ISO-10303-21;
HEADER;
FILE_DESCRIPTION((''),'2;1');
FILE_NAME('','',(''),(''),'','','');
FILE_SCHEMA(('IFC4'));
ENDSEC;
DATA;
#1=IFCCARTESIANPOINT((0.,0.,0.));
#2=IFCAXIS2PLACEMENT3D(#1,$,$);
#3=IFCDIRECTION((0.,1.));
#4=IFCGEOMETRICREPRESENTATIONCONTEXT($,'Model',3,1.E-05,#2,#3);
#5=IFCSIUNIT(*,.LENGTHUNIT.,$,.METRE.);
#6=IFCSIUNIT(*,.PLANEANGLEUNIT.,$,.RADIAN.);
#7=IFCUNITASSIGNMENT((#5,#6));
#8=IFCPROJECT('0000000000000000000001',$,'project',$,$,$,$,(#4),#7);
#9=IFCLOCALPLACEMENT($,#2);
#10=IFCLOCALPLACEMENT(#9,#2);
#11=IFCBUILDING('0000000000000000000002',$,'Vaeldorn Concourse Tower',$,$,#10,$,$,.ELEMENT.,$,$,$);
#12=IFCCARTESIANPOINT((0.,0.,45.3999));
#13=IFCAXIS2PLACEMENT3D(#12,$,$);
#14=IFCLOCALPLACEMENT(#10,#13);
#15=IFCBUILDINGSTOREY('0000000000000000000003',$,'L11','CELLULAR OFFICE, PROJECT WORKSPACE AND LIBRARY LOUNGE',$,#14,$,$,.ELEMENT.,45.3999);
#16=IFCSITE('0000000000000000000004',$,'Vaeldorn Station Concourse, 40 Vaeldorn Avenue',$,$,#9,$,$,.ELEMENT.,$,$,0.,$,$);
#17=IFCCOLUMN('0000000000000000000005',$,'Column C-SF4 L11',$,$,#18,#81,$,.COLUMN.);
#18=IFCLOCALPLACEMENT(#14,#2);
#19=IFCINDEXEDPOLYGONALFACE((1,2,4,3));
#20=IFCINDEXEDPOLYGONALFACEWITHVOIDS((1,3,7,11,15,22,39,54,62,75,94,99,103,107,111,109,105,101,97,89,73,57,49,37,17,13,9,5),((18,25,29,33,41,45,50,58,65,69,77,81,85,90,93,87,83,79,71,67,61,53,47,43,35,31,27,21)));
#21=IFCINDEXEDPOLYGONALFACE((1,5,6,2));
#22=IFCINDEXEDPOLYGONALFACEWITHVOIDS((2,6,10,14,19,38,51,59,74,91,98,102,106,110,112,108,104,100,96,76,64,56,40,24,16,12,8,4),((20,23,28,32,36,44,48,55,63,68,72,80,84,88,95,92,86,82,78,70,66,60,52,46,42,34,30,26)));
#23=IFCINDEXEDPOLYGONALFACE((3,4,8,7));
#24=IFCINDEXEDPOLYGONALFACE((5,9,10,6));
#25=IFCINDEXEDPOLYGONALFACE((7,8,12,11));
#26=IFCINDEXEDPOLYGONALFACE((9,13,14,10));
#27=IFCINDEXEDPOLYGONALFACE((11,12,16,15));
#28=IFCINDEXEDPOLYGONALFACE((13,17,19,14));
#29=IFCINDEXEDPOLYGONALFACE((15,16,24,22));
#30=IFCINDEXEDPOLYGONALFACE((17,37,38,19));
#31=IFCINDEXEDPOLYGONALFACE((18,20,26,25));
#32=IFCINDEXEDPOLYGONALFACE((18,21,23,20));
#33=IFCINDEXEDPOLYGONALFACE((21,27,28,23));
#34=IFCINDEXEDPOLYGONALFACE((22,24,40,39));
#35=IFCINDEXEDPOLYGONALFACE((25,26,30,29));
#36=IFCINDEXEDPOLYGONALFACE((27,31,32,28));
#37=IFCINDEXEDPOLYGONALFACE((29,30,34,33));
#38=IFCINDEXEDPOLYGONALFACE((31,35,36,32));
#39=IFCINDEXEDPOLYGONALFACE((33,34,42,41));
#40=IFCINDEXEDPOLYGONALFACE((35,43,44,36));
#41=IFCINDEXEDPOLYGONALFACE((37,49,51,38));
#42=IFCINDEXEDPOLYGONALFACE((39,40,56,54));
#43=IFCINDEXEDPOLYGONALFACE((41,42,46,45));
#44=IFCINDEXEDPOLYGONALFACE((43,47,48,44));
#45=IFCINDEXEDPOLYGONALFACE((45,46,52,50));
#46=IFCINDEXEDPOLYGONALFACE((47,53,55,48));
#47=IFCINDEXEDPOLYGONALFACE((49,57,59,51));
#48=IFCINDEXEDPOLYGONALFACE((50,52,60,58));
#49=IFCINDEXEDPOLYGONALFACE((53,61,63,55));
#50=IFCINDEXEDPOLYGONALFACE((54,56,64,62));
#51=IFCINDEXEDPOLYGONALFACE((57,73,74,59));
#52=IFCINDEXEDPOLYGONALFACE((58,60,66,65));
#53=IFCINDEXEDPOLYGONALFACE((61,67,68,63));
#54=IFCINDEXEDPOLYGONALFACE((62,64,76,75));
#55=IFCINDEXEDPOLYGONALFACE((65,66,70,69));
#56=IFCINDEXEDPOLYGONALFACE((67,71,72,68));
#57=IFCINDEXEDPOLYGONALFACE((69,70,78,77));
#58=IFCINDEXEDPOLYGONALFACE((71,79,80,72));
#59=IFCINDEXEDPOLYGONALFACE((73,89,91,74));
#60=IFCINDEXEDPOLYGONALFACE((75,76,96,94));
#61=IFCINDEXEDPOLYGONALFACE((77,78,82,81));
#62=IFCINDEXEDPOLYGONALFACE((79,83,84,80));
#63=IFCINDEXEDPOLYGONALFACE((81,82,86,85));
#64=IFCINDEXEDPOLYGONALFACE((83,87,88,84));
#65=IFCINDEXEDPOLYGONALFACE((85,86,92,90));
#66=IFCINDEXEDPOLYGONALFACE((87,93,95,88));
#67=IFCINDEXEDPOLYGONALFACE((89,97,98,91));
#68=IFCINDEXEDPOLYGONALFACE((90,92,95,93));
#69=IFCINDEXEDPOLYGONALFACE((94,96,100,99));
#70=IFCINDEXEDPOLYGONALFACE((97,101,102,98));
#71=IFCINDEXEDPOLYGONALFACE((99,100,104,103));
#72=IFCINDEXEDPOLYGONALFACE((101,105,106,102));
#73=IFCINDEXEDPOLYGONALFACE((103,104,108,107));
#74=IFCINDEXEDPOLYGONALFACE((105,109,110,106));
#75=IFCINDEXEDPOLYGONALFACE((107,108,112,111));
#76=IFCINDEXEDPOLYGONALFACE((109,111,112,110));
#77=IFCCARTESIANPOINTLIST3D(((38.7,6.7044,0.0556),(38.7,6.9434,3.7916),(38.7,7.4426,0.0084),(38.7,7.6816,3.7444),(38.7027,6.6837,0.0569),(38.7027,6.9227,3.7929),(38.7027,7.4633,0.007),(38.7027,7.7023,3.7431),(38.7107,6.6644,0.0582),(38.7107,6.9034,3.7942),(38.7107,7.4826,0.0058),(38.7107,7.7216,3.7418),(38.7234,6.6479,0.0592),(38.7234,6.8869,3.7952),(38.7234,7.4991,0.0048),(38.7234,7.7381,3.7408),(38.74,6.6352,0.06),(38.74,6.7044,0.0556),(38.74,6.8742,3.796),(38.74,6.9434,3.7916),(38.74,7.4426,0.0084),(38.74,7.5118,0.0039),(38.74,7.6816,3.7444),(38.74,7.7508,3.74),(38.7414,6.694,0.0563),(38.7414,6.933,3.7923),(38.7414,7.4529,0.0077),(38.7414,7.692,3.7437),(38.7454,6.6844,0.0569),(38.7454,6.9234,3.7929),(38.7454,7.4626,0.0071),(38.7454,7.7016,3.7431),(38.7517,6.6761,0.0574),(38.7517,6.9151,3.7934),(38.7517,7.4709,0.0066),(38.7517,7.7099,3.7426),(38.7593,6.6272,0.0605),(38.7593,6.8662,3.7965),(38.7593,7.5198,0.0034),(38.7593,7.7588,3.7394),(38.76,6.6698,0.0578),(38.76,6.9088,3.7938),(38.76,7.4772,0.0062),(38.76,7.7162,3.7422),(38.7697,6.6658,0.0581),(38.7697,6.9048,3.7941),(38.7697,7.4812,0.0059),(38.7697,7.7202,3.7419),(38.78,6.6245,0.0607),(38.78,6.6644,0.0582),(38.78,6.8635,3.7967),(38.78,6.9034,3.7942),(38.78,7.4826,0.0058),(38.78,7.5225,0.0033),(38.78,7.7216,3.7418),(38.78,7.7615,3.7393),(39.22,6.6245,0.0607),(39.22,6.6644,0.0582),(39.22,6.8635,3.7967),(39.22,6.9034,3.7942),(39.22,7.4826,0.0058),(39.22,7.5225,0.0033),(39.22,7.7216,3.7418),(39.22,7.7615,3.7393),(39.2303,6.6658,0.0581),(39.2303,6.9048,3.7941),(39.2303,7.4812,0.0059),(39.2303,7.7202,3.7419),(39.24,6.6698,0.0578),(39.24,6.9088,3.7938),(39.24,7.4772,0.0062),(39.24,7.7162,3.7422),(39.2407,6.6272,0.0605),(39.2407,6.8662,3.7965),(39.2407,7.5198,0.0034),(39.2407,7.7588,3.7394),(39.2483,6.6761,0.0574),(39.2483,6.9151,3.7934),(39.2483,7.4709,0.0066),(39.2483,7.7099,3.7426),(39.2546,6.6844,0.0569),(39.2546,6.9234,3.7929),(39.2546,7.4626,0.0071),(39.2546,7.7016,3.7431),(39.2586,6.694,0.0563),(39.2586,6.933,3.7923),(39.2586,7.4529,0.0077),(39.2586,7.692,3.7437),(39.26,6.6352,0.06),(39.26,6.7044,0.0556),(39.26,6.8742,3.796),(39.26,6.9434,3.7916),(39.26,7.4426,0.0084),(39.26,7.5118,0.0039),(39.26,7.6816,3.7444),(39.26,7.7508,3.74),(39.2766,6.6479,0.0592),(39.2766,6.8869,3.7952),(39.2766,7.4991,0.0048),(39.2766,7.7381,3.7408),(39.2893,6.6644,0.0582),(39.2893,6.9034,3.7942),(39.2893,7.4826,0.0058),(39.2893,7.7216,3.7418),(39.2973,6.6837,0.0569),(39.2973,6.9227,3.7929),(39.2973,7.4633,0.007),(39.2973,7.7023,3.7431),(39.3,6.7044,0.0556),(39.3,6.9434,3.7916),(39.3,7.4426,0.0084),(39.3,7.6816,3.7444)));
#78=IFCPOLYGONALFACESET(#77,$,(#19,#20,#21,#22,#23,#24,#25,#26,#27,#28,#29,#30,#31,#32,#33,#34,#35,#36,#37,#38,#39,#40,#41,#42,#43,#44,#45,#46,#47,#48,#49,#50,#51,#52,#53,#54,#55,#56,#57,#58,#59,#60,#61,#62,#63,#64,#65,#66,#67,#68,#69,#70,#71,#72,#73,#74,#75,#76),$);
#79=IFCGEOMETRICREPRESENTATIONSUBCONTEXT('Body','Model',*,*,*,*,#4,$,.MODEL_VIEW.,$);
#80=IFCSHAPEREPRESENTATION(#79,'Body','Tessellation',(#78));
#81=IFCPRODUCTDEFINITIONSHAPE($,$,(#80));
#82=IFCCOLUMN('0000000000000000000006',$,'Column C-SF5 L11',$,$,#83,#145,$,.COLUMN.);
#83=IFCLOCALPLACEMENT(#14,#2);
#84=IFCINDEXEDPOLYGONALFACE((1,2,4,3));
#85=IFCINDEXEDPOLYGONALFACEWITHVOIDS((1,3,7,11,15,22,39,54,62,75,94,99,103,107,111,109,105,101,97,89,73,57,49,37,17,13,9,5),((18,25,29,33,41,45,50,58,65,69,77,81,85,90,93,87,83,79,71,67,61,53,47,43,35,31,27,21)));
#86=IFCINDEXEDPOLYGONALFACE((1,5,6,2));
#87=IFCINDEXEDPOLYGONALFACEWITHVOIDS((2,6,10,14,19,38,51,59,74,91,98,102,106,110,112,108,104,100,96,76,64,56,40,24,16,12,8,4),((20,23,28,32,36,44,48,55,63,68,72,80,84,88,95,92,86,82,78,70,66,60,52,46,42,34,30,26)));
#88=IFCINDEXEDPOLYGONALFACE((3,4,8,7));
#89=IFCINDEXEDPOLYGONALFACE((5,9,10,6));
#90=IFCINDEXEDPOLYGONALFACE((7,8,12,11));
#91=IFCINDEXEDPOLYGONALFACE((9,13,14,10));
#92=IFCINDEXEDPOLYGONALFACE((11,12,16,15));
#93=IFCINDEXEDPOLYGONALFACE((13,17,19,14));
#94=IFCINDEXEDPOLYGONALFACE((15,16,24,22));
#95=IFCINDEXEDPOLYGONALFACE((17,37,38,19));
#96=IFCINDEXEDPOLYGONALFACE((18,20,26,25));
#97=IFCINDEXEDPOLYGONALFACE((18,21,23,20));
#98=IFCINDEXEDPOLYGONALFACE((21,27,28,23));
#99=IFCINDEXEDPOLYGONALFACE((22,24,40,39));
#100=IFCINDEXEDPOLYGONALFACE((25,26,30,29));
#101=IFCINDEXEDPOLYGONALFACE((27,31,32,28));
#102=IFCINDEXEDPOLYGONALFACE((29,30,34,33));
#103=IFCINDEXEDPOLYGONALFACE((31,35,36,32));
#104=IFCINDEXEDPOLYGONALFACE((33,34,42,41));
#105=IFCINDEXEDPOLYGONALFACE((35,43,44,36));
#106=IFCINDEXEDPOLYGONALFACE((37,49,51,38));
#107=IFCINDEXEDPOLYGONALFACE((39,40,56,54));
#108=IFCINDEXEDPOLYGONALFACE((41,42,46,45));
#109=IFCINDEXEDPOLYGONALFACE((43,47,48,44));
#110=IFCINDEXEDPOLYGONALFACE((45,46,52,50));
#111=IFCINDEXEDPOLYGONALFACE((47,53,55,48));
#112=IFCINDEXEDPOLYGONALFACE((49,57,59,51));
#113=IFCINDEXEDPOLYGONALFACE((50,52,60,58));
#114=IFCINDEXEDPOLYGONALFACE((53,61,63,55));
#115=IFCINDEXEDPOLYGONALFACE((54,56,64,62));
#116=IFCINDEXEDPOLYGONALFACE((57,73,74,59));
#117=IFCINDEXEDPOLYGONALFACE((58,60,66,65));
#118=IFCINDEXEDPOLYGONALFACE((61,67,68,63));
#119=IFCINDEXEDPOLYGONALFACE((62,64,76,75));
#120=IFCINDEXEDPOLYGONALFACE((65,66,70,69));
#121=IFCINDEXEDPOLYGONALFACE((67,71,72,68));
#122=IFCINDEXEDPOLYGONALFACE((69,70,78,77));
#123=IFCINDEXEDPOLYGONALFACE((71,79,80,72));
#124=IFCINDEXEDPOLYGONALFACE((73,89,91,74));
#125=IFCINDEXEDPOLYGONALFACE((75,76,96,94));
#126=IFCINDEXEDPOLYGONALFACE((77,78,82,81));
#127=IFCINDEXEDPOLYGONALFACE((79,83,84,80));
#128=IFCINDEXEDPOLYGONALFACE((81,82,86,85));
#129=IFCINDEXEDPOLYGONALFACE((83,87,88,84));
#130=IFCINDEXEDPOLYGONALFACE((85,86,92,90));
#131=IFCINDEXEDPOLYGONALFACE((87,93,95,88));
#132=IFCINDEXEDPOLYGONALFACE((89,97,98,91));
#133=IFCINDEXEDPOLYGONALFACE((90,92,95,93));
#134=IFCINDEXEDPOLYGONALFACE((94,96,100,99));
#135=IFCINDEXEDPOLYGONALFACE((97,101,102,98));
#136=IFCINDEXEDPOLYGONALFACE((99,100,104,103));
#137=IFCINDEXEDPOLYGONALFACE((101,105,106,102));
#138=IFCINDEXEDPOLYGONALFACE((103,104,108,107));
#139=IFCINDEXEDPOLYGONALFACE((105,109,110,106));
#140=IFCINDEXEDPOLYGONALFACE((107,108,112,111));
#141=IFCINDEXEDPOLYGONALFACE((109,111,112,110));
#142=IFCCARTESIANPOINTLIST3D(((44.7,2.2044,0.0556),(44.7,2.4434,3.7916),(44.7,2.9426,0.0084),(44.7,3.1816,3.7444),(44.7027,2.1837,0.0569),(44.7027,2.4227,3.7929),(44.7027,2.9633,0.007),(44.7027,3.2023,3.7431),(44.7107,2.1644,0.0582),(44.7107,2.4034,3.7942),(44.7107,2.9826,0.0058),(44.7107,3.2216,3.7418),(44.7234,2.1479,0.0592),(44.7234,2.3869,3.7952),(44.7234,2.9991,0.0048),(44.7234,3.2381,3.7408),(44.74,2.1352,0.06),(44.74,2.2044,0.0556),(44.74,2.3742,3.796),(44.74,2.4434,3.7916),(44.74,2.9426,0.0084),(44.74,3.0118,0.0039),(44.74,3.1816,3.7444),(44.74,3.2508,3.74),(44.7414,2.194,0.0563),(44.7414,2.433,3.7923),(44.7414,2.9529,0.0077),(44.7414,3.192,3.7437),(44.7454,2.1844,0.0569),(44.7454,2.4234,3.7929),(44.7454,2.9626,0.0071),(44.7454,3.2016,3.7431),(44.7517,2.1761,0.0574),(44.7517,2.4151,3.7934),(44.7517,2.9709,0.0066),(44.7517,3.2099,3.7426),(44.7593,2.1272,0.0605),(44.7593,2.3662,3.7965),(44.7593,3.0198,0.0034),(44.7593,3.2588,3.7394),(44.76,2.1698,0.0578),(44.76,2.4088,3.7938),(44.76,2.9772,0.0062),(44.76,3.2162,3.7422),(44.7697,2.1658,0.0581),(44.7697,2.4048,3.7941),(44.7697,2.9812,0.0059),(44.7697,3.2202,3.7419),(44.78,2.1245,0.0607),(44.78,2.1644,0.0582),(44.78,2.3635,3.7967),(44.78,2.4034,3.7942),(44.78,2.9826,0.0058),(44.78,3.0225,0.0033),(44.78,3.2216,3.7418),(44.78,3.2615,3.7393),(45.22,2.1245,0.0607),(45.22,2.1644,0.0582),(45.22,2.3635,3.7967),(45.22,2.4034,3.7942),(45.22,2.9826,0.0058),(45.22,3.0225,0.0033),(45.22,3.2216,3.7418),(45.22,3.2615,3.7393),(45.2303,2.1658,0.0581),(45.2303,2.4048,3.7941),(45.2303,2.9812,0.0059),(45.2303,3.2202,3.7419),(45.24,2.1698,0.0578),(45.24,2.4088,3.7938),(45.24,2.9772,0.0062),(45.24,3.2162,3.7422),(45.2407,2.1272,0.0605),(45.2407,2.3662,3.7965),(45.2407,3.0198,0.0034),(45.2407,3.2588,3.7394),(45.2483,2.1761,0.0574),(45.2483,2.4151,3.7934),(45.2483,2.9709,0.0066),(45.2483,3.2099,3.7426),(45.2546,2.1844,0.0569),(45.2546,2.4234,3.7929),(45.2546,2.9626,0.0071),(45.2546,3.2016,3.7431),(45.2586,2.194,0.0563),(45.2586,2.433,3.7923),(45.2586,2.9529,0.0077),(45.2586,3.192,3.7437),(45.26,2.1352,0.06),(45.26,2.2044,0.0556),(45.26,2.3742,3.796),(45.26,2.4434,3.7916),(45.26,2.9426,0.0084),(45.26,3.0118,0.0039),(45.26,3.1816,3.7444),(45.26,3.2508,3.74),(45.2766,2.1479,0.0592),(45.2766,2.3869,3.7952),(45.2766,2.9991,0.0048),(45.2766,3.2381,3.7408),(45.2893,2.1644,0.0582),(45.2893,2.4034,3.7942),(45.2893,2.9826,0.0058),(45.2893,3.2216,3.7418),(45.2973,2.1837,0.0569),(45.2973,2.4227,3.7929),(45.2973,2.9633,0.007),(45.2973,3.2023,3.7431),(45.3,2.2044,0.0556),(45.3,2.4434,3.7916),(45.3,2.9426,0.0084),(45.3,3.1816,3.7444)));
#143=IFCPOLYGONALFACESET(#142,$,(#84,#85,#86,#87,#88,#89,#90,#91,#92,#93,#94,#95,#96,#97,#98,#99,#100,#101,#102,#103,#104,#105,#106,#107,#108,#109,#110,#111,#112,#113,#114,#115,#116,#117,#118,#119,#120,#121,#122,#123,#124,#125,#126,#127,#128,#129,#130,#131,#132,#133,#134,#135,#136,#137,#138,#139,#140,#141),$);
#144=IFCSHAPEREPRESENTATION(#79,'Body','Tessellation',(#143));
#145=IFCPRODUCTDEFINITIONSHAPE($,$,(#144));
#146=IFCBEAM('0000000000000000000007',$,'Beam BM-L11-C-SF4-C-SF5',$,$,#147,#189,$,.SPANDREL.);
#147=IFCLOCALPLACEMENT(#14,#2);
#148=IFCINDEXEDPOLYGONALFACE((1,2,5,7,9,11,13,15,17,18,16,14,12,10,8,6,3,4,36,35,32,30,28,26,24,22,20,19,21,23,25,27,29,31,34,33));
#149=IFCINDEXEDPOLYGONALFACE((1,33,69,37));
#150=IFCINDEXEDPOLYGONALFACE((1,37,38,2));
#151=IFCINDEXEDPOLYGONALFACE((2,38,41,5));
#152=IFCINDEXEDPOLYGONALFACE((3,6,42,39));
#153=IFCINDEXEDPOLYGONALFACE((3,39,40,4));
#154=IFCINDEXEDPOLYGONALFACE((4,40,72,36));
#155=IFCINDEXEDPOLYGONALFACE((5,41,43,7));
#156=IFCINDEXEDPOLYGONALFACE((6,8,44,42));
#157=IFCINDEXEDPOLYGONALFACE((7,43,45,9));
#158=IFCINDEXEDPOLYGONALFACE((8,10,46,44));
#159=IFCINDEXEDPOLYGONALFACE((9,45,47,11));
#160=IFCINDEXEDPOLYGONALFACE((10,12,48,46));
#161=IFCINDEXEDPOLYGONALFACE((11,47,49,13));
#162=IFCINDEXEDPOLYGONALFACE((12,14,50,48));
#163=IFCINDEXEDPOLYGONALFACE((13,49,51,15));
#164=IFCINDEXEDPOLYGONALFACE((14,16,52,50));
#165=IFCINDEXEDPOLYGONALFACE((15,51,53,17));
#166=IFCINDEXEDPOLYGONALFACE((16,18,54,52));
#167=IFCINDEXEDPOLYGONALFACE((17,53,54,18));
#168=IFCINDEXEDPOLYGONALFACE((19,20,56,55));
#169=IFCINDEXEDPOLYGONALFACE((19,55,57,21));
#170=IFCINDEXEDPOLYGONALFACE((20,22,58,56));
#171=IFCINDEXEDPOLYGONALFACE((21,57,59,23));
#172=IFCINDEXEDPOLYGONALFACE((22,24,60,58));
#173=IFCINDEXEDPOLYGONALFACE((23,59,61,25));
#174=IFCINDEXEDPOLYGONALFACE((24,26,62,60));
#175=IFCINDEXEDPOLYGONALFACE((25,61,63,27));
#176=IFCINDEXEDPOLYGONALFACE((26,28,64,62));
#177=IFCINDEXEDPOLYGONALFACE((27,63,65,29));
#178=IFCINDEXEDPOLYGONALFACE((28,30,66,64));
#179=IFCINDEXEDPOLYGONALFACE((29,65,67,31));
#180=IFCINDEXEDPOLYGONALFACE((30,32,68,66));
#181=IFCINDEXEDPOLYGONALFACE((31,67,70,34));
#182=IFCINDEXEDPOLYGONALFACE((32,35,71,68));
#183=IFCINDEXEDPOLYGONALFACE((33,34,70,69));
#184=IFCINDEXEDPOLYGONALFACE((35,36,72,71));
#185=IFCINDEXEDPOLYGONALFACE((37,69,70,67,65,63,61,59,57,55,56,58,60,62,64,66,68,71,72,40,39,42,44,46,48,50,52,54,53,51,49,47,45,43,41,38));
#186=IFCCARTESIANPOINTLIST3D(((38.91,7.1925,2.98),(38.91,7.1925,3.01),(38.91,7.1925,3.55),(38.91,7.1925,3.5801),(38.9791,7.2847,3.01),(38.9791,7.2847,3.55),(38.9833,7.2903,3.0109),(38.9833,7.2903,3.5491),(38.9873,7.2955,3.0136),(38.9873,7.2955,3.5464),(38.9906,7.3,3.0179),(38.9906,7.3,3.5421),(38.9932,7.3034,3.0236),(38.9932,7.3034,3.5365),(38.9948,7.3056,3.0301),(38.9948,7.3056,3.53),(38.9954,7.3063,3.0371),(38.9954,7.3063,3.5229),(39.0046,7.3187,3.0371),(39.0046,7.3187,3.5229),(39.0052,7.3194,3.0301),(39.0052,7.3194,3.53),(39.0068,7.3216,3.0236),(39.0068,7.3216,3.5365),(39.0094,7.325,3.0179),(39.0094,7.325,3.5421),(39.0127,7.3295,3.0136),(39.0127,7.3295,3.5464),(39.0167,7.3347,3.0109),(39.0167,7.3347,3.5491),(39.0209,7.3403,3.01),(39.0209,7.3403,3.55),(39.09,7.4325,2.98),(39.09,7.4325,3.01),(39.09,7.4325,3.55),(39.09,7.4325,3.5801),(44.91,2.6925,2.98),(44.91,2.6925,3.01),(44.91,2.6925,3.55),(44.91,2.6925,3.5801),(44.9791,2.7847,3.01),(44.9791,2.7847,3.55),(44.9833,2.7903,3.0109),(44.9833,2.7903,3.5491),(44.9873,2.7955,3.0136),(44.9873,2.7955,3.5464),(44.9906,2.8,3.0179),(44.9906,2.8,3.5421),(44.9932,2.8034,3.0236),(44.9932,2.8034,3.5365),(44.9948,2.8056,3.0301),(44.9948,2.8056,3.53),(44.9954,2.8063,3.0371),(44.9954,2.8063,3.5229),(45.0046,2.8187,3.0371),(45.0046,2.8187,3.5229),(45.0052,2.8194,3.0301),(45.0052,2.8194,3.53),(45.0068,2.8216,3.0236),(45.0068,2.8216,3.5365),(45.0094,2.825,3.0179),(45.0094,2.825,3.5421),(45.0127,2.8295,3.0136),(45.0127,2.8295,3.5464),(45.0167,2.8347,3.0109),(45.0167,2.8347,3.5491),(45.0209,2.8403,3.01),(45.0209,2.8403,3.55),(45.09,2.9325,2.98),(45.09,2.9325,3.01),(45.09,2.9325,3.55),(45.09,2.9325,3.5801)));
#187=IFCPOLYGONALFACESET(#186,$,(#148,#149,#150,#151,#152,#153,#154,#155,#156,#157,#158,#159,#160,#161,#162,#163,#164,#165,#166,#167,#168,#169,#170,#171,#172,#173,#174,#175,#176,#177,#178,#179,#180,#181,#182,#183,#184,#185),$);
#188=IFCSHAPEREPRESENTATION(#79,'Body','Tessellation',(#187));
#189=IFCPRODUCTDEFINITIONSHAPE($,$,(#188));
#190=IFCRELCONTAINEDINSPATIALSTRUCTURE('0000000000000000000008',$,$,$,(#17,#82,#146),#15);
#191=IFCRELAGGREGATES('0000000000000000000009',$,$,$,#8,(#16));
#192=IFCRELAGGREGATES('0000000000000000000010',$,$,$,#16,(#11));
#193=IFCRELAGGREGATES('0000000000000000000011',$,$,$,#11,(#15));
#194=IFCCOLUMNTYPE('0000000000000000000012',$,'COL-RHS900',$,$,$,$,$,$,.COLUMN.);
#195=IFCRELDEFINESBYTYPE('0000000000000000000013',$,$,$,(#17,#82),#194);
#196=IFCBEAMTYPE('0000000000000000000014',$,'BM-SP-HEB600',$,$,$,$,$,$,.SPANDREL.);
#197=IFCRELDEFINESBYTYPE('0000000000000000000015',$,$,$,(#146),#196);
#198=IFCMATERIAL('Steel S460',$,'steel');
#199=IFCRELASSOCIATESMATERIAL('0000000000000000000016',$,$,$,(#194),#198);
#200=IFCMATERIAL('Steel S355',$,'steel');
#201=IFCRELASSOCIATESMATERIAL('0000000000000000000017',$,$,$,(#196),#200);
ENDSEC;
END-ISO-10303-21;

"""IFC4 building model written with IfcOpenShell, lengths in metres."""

from ifc_helpers import new_model, si_unit, direction, frame, origin, origin_2d, place, context, subcontext, project, spatial, hollow_rectangle, i_section, extrude, source, transform, mapped, material, material_profile, profile_set, type_object, element, save


model = new_model("IFC4")

# Units and contexts
model_context = context("Model", 3, precision=1e-05, world=origin(), true_north=direction((0.0, 1.0)))
body_context = subcontext(model_context, "Body", "Model", "MODEL_VIEW")
ifc_project = project(units=[si_unit("LENGTHUNIT", "METRE"), si_unit("PLANEANGLEUNIT", "RADIAN")], contexts=[model_context])

# Site, building, storey
site_placement = place(None, origin())
site = spatial("IfcSite", under=ifc_project, at=site_placement, Name="Vaeldorn Station Concourse, 40 Vaeldorn Avenue", CompositionType="ELEMENT", RefElevation=0.0)
building_placement = place(site_placement, origin())
building = spatial("IfcBuilding", under=site, at=building_placement, Name="Vaeldorn Concourse Tower", CompositionType="ELEMENT")
storey_placement = place(building_placement, frame((0.0, 0.0, 45.3999)))
storey = spatial("IfcBuildingStorey", under=building, at=storey_placement, Name="L11", Description="CELLULAR OFFICE, PROJECT WORKSPACE AND LIBRARY LOUNGE", CompositionType="ELEMENT", Elevation=45.3999)

# Columns
ifc_material_1 = material(Name="Steel S460", Category="steel")
ifc_material_profile_1 = material_profile(ifc_material_1, hollow_rectangle(XDim=0.6001, YDim=0.8999, WallThickness=0.04, InnerFilletRadius=0.04, OuterFilletRadius=0.0801, at=origin_2d()), Name="RHS 900x600x40")
ifc_profile_set_1 = profile_set([ifc_material_profile_1], Name="Steel S460")
column_type = type_object("IfcColumnType", Name="COL-RHS900", PredefinedType="COLUMN", material=ifc_profile_set_1)
shared_shape_1 = source(origin(), body_context, "Body", "SweptSolid", [
    extrude(hollow_rectangle(XDim=0.6001, YDim=0.8999, WallThickness=0.04, InnerFilletRadius=0.04, OuterFilletRadius=0.0801, at=origin_2d()), origin(), (0.0, 0.0, 1.0), 3.7437),
])
for number, where, z_axis, x_axis, name in (
    (1, (39.0, 7.0735, 0.032), (0.0, 0.063844, 0.99796), (-1.0, 0.0, 0.0), "Column C-SF4 L11"),
    (2, (45.0, 2.5735, 0.032), (0.0, 0.063844, 0.99796), (-1.0, 0.0, 0.0), "Column C-SF5 L11"),
):
    element("IfcColumn", number, at=place(storey_placement, frame(where, z_axis=z_axis, x_axis=x_axis)), inside=storey, type_object=column_type, Name=name, PredefinedType="COLUMN", context=body_context, shape_type="MappedRepresentation", body=[
        mapped(shared_shape_1, transform((0.0, 0.0, 0.0), scale=1.0)),
    ])

# Beam
ifc_material_2 = material(Name="Steel S355", Category="steel")
ifc_material_profile_2 = material_profile(ifc_material_2, i_section(OverallWidth=0.3, OverallDepth=0.6001, WebThickness=0.0154, FlangeThickness=0.03, FilletRadius=0.0271, at=origin_2d()), Name="HEB 600")
ifc_profile_set_2 = profile_set([ifc_material_profile_2], Name="Steel S355")
beam_type_1 = type_object("IfcBeamType", Name="BM-SP-HEB600", PredefinedType="SPANDREL", material=ifc_profile_set_2)
shared_shape_2 = source(origin(), body_context, "Body", "SweptSolid", [
    extrude(i_section(OverallWidth=0.3, OverallDepth=0.6001, WebThickness=0.0154, FlangeThickness=0.03, FilletRadius=0.0271, at=origin_2d()), origin(), (0.0, 0.0, 1.0), 7.5),
])
beam_1_placement = place(storey_placement, frame((39.0, 7.3125, 3.28), z_axis=(0.8, -0.6, 0.0), x_axis=(0.6, 0.8, 0.0)))
element("IfcBeam", 3, at=beam_1_placement, inside=storey, type_object=beam_type_1, Name="Beam BM-L11-C-SF4-C-SF5", PredefinedType="SPANDREL", context=body_context, shape_type="MappedRepresentation", body=[
    mapped(shared_shape_2, transform((0.0, 0.0, 0.0), scale=1.0)),
])

save(model, "model.ifc")
